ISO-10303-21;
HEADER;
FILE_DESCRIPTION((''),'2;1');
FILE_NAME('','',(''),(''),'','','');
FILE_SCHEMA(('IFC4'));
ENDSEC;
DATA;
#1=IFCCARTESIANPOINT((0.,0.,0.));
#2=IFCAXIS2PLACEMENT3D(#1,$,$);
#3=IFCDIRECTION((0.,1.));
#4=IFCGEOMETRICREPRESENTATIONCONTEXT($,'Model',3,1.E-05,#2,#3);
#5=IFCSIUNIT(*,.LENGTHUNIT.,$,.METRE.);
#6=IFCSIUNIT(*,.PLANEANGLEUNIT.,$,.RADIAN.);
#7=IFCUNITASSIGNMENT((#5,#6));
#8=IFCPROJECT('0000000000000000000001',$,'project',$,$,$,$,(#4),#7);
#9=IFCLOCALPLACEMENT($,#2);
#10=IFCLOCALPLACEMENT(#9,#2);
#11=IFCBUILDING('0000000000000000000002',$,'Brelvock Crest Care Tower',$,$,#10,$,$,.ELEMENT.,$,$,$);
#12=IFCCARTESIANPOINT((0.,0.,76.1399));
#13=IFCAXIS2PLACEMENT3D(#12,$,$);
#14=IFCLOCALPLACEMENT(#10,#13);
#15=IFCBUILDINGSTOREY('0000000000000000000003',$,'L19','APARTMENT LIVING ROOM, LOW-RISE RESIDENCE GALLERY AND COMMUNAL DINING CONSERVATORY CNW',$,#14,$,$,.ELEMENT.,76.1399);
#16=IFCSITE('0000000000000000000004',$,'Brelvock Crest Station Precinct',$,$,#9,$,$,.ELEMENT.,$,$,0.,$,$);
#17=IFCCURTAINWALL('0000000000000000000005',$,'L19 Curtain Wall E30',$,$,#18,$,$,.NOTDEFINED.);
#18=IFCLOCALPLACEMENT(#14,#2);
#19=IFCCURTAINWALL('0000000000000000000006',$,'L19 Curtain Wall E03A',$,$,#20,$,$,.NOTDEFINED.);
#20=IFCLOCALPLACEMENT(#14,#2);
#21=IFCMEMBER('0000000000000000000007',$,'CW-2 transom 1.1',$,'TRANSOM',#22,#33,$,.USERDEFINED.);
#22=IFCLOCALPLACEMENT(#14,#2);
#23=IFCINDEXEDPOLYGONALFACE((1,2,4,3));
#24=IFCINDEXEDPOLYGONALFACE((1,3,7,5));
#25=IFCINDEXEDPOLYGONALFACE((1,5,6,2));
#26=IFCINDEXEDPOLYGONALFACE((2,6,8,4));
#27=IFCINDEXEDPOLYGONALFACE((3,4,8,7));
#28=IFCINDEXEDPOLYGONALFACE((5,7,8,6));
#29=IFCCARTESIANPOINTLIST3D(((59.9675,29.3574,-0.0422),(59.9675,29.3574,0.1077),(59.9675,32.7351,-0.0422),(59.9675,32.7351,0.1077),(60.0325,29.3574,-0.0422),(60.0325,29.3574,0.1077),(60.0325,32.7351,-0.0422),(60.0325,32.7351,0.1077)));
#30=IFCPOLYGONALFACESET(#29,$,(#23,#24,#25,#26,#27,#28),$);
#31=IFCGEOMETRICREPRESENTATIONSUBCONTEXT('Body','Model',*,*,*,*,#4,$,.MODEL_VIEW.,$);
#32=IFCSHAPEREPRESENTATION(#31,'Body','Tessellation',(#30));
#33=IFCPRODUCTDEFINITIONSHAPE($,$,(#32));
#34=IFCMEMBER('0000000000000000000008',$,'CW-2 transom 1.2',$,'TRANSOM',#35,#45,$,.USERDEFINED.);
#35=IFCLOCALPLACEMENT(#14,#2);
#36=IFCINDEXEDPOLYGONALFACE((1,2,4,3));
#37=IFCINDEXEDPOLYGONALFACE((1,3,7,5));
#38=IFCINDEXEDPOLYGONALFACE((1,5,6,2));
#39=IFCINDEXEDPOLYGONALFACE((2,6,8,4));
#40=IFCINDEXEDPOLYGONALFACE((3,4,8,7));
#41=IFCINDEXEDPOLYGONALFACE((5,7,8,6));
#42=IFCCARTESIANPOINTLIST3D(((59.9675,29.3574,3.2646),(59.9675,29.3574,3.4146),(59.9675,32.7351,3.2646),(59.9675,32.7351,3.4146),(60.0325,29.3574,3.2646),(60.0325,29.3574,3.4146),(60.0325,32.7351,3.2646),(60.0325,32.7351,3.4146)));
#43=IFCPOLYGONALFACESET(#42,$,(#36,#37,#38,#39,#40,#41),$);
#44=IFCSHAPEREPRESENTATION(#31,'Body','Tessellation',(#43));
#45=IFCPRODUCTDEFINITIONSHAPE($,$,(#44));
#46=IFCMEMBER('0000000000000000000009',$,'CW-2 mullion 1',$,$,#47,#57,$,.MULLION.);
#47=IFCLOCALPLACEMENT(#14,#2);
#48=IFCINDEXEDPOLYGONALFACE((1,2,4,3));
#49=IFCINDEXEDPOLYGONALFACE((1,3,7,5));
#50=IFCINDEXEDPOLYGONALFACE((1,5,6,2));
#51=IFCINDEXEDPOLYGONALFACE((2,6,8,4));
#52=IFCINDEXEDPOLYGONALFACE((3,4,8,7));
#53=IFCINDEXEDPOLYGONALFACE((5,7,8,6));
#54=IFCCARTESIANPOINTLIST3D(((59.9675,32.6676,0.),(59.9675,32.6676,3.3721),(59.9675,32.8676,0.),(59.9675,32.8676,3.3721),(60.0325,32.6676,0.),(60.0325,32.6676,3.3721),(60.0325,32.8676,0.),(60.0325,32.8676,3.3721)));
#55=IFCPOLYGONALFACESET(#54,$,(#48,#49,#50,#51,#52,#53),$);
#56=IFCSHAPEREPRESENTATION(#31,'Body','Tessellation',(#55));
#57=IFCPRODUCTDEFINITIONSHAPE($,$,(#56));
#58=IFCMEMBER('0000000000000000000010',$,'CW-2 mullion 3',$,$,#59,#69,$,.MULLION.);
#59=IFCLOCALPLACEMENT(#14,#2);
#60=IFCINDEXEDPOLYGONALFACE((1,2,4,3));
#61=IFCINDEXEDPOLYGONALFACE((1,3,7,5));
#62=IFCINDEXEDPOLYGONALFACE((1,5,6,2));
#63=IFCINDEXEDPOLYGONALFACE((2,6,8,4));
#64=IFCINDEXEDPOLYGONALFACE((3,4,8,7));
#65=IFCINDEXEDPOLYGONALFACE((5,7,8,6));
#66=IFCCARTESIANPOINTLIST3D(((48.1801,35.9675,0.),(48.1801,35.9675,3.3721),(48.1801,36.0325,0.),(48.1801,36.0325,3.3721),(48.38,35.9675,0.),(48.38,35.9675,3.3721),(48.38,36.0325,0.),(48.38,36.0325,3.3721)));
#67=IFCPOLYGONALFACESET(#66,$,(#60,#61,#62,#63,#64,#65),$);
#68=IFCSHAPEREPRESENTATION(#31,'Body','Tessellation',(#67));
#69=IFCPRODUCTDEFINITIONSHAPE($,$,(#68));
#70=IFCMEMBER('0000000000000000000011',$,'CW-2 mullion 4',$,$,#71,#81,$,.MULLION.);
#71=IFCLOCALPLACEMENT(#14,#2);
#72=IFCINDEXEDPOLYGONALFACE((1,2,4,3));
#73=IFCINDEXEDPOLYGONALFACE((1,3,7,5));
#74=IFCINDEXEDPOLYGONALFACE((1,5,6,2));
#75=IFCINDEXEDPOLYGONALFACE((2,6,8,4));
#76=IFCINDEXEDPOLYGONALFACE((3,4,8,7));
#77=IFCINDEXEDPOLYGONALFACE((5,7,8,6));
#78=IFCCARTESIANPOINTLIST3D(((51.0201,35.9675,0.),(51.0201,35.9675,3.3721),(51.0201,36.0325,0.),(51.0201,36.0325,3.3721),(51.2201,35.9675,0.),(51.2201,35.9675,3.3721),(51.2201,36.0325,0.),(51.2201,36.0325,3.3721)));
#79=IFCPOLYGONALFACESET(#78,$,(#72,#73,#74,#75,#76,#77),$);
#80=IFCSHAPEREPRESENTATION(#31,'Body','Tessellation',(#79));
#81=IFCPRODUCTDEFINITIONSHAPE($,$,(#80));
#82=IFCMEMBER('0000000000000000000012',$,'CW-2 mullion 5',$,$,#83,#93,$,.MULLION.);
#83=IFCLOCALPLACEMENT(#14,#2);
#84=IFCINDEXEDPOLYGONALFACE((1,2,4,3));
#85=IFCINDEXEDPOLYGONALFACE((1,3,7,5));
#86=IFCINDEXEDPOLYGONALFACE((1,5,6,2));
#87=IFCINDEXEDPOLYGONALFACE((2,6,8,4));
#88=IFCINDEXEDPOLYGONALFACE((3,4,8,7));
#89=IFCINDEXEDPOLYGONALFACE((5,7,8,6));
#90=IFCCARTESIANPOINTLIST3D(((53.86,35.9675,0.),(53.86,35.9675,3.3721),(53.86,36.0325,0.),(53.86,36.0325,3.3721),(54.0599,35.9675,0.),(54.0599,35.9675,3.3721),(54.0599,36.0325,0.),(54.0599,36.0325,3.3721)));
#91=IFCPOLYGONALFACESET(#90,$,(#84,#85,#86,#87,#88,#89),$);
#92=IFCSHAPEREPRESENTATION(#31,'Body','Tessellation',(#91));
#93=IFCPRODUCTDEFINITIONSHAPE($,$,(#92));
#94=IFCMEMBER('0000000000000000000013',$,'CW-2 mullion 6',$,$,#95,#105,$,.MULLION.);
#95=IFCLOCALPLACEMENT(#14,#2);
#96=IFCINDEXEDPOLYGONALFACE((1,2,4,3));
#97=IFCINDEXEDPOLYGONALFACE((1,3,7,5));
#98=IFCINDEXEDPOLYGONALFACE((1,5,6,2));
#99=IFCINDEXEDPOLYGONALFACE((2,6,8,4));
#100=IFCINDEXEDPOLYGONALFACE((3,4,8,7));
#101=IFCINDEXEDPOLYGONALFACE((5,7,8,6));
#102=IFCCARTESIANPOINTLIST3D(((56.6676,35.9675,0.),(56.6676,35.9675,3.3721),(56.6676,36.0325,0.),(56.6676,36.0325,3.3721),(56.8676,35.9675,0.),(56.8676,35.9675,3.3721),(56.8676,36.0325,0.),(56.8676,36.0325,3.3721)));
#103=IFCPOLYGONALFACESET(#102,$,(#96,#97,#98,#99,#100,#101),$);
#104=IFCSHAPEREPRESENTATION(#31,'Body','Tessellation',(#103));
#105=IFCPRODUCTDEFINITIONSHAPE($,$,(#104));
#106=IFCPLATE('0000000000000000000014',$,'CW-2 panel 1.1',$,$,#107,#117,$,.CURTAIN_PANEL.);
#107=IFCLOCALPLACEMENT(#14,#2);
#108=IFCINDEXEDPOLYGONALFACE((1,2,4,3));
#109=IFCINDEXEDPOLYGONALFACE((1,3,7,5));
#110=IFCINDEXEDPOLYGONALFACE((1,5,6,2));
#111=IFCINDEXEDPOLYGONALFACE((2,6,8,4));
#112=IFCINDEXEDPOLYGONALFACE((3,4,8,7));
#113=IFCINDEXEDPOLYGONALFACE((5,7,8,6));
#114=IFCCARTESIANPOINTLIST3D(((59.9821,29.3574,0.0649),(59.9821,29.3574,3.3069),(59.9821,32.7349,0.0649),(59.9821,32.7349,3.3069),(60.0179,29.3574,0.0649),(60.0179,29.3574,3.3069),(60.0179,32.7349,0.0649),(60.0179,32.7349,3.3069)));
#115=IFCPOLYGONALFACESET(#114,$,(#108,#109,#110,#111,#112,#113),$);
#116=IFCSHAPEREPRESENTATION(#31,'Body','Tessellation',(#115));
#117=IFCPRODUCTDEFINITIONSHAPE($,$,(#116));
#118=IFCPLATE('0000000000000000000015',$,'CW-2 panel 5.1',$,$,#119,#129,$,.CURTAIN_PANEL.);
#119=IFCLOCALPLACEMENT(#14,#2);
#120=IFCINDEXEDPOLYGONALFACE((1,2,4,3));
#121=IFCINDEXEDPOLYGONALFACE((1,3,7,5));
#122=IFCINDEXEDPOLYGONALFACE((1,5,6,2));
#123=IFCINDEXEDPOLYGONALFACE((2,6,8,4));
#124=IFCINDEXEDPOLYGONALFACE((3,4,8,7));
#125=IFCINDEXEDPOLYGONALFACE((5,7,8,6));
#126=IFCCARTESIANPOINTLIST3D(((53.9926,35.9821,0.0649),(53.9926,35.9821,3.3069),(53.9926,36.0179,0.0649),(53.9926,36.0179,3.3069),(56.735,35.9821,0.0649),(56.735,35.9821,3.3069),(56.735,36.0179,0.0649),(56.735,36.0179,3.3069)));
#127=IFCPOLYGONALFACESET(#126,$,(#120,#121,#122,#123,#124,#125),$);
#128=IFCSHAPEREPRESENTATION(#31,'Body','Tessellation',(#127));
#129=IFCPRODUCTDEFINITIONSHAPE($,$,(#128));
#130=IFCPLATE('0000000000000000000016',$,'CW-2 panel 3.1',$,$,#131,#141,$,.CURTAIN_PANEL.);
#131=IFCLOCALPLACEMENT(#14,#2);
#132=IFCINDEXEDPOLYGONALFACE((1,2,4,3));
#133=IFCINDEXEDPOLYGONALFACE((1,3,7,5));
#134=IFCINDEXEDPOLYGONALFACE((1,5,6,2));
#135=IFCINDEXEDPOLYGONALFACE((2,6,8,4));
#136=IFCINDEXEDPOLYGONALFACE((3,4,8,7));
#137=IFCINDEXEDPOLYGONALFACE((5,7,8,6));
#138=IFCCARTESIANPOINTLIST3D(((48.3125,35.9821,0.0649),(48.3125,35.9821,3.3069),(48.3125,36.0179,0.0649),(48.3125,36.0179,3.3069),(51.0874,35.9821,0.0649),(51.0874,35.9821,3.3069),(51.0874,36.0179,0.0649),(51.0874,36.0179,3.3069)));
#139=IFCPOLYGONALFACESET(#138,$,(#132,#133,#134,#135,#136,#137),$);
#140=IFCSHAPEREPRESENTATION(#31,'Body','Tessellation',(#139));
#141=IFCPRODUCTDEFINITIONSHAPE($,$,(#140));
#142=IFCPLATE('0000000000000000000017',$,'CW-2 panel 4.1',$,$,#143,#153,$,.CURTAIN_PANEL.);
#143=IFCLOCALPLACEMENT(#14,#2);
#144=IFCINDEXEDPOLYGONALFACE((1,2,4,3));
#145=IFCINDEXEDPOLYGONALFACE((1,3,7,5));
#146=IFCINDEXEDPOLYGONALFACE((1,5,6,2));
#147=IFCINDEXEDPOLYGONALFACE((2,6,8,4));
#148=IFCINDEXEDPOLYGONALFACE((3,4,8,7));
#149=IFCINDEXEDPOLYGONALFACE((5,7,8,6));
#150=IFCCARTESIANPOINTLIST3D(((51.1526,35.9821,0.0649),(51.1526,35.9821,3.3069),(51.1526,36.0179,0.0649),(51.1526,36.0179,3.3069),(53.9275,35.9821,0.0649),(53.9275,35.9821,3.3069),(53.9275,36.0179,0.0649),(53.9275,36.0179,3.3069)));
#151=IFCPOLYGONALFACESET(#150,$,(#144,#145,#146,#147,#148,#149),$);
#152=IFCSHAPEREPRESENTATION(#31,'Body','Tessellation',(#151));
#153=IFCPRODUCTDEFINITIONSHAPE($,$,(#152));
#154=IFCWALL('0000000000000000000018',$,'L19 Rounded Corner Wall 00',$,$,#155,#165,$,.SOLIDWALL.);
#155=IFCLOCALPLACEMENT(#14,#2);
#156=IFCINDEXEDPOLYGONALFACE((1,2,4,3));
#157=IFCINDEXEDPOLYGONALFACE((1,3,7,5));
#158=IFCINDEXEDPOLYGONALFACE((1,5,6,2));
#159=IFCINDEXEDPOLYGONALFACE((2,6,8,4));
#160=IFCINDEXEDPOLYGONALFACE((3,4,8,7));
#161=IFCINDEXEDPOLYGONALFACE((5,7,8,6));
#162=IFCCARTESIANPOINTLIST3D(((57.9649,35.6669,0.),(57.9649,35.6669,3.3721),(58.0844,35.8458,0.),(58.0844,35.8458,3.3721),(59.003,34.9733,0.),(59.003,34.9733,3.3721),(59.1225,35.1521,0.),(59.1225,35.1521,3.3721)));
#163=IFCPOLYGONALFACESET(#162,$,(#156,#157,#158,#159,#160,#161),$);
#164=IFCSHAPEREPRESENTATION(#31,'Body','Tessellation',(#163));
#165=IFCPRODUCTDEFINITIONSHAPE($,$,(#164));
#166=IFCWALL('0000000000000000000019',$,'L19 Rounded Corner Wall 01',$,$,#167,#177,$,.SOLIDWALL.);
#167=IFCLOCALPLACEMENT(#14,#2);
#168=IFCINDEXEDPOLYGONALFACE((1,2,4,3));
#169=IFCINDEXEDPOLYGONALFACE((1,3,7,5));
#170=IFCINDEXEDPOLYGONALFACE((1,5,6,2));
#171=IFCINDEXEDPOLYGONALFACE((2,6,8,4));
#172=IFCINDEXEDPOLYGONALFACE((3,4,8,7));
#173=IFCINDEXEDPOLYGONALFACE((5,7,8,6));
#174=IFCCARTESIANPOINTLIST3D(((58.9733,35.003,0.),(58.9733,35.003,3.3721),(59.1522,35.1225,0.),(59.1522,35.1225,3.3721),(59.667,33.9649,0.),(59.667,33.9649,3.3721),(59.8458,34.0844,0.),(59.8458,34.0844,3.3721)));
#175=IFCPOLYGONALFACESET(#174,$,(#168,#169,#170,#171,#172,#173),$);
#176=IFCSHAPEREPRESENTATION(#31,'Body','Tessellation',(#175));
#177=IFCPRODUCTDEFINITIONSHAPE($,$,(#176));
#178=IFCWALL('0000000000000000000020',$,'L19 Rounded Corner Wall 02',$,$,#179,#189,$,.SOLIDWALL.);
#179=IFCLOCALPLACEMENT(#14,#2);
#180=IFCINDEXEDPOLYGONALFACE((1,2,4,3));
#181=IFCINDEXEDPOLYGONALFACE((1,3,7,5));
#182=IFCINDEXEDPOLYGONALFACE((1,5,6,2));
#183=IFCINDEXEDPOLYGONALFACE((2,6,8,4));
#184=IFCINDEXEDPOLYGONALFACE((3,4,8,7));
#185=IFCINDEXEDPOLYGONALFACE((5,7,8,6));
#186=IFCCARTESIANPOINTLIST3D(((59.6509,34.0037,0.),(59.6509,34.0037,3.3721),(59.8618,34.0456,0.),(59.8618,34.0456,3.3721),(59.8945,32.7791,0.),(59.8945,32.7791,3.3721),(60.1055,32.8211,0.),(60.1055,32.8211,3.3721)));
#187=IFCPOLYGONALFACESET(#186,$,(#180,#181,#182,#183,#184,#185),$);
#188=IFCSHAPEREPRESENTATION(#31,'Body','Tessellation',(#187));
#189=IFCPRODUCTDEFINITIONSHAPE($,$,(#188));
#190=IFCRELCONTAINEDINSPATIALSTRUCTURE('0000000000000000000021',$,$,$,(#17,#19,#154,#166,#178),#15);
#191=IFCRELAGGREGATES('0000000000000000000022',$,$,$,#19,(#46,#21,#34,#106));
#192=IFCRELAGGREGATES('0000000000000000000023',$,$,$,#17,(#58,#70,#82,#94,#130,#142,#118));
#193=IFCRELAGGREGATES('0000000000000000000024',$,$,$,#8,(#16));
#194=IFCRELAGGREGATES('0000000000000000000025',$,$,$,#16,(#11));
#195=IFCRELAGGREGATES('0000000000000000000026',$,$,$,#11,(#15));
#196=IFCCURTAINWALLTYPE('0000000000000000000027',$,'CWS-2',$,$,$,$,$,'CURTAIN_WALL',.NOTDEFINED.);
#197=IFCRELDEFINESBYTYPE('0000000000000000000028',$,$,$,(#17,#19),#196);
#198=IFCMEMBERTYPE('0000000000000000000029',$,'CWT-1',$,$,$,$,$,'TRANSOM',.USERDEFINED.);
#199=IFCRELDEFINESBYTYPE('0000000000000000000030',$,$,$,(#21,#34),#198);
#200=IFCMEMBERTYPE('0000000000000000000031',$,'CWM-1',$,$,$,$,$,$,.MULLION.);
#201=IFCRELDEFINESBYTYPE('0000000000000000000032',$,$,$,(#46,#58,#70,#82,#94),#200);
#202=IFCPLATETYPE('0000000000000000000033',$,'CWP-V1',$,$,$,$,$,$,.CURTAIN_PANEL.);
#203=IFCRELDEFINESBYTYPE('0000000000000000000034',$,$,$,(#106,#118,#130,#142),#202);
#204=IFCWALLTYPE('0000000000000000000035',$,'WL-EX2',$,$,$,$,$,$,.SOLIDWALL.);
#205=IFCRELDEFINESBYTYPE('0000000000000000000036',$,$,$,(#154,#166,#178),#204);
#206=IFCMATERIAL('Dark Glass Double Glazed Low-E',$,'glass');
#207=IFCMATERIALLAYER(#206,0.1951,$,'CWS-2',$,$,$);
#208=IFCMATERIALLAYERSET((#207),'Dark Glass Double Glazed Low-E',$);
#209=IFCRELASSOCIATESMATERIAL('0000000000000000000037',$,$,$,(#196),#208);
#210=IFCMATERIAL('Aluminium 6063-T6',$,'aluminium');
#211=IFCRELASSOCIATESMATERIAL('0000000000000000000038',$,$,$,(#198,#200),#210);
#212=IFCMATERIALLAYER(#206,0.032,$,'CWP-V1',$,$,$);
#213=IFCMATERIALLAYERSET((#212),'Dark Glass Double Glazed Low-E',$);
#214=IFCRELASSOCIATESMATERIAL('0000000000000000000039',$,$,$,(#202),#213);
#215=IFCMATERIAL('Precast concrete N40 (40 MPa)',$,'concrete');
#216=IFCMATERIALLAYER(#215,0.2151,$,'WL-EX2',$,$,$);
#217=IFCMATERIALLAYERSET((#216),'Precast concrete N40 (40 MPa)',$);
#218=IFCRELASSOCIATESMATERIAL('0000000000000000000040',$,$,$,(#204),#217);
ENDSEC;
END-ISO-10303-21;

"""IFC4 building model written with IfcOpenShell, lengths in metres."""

from ifc_helpers import new_model, si_unit, direction, frame, frame_2d, origin, origin_2d, place, context, subcontext, project, spatial, rectangle, extrude, source, transform, mapped, material, layer, layer_set, material_profile, profile_set, type_object, element, aggregate, save


model = new_model("IFC4")

# Units and contexts
model_context = context("Model", 3, precision=1e-05, world=origin(), true_north=direction((0.0, 1.0)))
body_context = subcontext(model_context, "Body", "Model", "MODEL_VIEW")
ifc_project = project(units=[si_unit("LENGTHUNIT", "METRE"), si_unit("PLANEANGLEUNIT", "RADIAN")], contexts=[model_context])

# Site, building, storey
site_placement = place(None, origin())
site = spatial("IfcSite", under=ifc_project, at=site_placement, Name="Brelvock Crest Station Precinct", CompositionType="ELEMENT", RefElevation=0.0)
building_placement = place(site_placement, origin())
building = spatial("IfcBuilding", under=site, at=building_placement, Name="Brelvock Crest Care Tower", CompositionType="ELEMENT")
storey_placement = place(building_placement, frame((0.0, 0.0, 76.1399)))
storey = spatial("IfcBuildingStorey", under=building, at=storey_placement, Name="L19", Description="APARTMENT LIVING ROOM, LOW-RISE RESIDENCE GALLERY AND COMMUNAL DINING CONSERVATORY CNW", CompositionType="ELEMENT", Elevation=76.1399)

# Curtain walls, members
ifc_material_1 = material(Name="Dark Glass Double Glazed Low-E", Category="glass")
ifc_layer_1 = layer(ifc_material_1, 0.1951, Name="CWS-2")
ifc_layer_set_1 = layer_set([ifc_layer_1], Name="Dark Glass Double Glazed Low-E")
curtain_wall_type = type_object("IfcCurtainWallType", Name="CWS-2", ElementType="CURTAIN_WALL", PredefinedType="NOTDEFINED", material=ifc_layer_set_1)
curtain_wall_1_placement = place(storey_placement, origin())
curtain_wall_1 = element("IfcCurtainWall", 1, at=curtain_wall_1_placement, inside=storey, type_object=curtain_wall_type, Name="L19 Curtain Wall E30", PredefinedType="NOTDEFINED")
ifc_material_2 = material(Name="Aluminium 6063-T6", Category="aluminium")
ifc_material_profile_1 = material_profile(ifc_material_2, rectangle(XDim=0.0649, YDim=0.1499, at=origin_2d()), Name="ALU65x150")
ifc_profile_set_1 = profile_set([ifc_material_profile_1], Name="Aluminium 6063-T6")
member_type_1 = type_object("IfcMemberType", Name="CWT-1", ElementType="TRANSOM", PredefinedType="USERDEFINED", material=ifc_profile_set_1)
curtain_wall_2_placement = place(storey_placement, origin())
curtain_wall_2 = element("IfcCurtainWall", 2, at=curtain_wall_2_placement, inside=storey, type_object=curtain_wall_type, Name="L19 Curtain Wall E03A", PredefinedType="NOTDEFINED")
shared_shape_1 = source(origin(), body_context, "Body", "SweptSolid", [
    extrude(rectangle(XDim=0.0649, YDim=0.1499, at=origin_2d()), origin(), (0.0, 0.0, 1.0), 3.3777),
])
member_1_placement = place(storey_placement, frame((60.0, 32.7351, 0.0327), z_axis=(0.0, -1.0, 0.0), x_axis=(1.0, 0.0, 0.0)))
member_1 = element("IfcMember", 3, at=member_1_placement, type_object=member_type_1, Name="CW-2 transom 1.1", ObjectType="TRANSOM", PredefinedType="USERDEFINED", context=body_context, shape_type="MappedRepresentation", body=[
    mapped(shared_shape_1, transform((0.0, 0.0, 0.0), x_axis=(1.0, 0.0, 0.0), y_axis=(0.0, 1.0, 0.0), z_axis=(0.0, 0.0, 1.0), scale=1.0)),
])
member_2_placement = place(storey_placement, frame((60.0, 32.7351, 3.3396), z_axis=(0.0, -1.0, 0.0), x_axis=(1.0, 0.0, 0.0)))
member_2 = element("IfcMember", 4, at=member_2_placement, type_object=member_type_1, Name="CW-2 transom 1.2", ObjectType="TRANSOM", PredefinedType="USERDEFINED", context=body_context, shape_type="MappedRepresentation", body=[
    mapped(shared_shape_1, transform((0.0, 0.0, 0.0), x_axis=(1.0, 0.0, 0.0), y_axis=(0.0, 1.0, 0.0), z_axis=(0.0, 0.0, 1.0), scale=1.0)),
])
ifc_material_profile_2 = material_profile(ifc_material_2, rectangle(XDim=0.0649, YDim=0.2, at=origin_2d()), Name="ALU65x200")
ifc_profile_set_2 = profile_set([ifc_material_profile_2], Name="Aluminium 6063-T6")
member_type_2 = type_object("IfcMemberType", Name="CWM-1", PredefinedType="MULLION", material=ifc_profile_set_2)
shared_shape_2 = source(origin(), body_context, "Body", "SweptSolid", [
    extrude(rectangle(XDim=0.0649, YDim=0.2, at=origin_2d()), origin(), (0.0, 0.0, 1.0), 3.3721),
])
member_3_placement = place(storey_placement, frame((60.0, 32.7676, 0.0), z_axis=(0.0, 0.0, 1.0), x_axis=(1.0, 0.0, 0.0)))
member_3 = element("IfcMember", 5, at=member_3_placement, type_object=member_type_2, Name="CW-2 mullion 1", PredefinedType="MULLION", context=body_context, shape_type="MappedRepresentation", body=[
    mapped(shared_shape_2, transform((0.0, 0.0, 0.0), x_axis=(1.0, 0.0, 0.0), y_axis=(0.0, 1.0, 0.0), z_axis=(0.0, 0.0, 1.0), scale=1.0)),
])

# Members
member_4_placement = place(storey_placement, frame((48.28, 36.0, 0.0), z_axis=(0.0, 0.0, 1.0), x_axis=(0.0, 1.0, 0.0)))
member_4 = element("IfcMember", 6, at=member_4_placement, type_object=member_type_2, Name="CW-2 mullion 3", PredefinedType="MULLION", context=body_context, shape_type="MappedRepresentation", body=[
    mapped(shared_shape_2, transform((0.0, 0.0, 0.0), x_axis=(1.0, 0.0, 0.0), y_axis=(0.0, 1.0, 0.0), z_axis=(0.0, 0.0, 1.0), scale=1.0)),
])
member_5_placement = place(storey_placement, frame((51.1201, 36.0, 0.0), z_axis=(0.0, 0.0, 1.0), x_axis=(0.0, 1.0, 0.0)))
member_5 = element("IfcMember", 7, at=member_5_placement, type_object=member_type_2, Name="CW-2 mullion 4", PredefinedType="MULLION", context=body_context, shape_type="MappedRepresentation", body=[
    mapped(shared_shape_2, transform((0.0, 0.0, 0.0), x_axis=(1.0, 0.0, 0.0), y_axis=(0.0, 1.0, 0.0), z_axis=(0.0, 0.0, 1.0), scale=1.0)),
])
member_6_placement = place(storey_placement, frame((53.96, 36.0, 0.0), z_axis=(0.0, 0.0, 1.0), x_axis=(0.0, 1.0, 0.0)))
member_6 = element("IfcMember", 8, at=member_6_placement, type_object=member_type_2, Name="CW-2 mullion 5", PredefinedType="MULLION", context=body_context, shape_type="MappedRepresentation", body=[
    mapped(shared_shape_2, transform((0.0, 0.0, 0.0), x_axis=(1.0, 0.0, 0.0), y_axis=(0.0, 1.0, 0.0), z_axis=(0.0, 0.0, 1.0), scale=1.0)),
])
member_7_placement = place(storey_placement, frame((56.7676, 36.0, 0.0), z_axis=(0.0, 0.0, 1.0), x_axis=(0.0, 1.0, 0.0)))
member_7 = element("IfcMember", 9, at=member_7_placement, type_object=member_type_2, Name="CW-2 mullion 6", PredefinedType="MULLION", context=body_context, shape_type="MappedRepresentation", body=[
    mapped(shared_shape_2, transform((0.0, 0.0, 0.0), x_axis=(1.0, 0.0, 0.0), y_axis=(0.0, 1.0, 0.0), z_axis=(0.0, 0.0, 1.0), scale=1.0)),
])

# Plates
ifc_layer_2 = layer(ifc_material_1, 0.032, Name="CWP-V1")
ifc_layer_set_2 = layer_set([ifc_layer_2], Name="Dark Glass Double Glazed Low-E")
plate_type = type_object("IfcPlateType", Name="CWP-V1", PredefinedType="CURTAIN_PANEL", material=ifc_layer_set_2)
shared_shape_3 = source(origin(), body_context, "Body", "SweptSolid", [
    extrude(rectangle(XDim=3.3774, YDim=0.0359, at=origin_2d()), origin(), (0.0, 0.0, 1.0), 3.2419),
])
plate_1_placement = place(storey_placement, frame((60.0, 31.0461, 0.0649), z_axis=(0.0, 0.0, 1.0), x_axis=(0.0, -1.0, 0.0)))
plate_1 = element("IfcPlate", 10, at=plate_1_placement, type_object=plate_type, Name="CW-2 panel 1.1", PredefinedType="CURTAIN_PANEL", context=body_context, shape_type="MappedRepresentation", body=[
    mapped(shared_shape_3, transform((0.0, 0.0, 0.0), x_axis=(1.0, 0.0, 0.0), y_axis=(0.0, 1.0, 0.0), z_axis=(0.0, 0.0, 1.0), scale=1.0)),
])
aggregate(curtain_wall_2, [member_3, member_1, member_2, plate_1])
shared_shape_4 = source(origin(), body_context, "Body", "SweptSolid", [
    extrude(rectangle(XDim=2.7424, YDim=0.0359, at=origin_2d()), origin(), (0.0, 0.0, 1.0), 3.2419),
])
plate_2_placement = place(storey_placement, frame((55.3638, 36.0, 0.0649), z_axis=(0.0, 0.0, 1.0), x_axis=(1.0, 0.0, 0.0)))
plate_2 = element("IfcPlate", 11, at=plate_2_placement, type_object=plate_type, Name="CW-2 panel 5.1", PredefinedType="CURTAIN_PANEL", context=body_context, shape_type="MappedRepresentation", body=[
    mapped(shared_shape_4, transform((0.0, 0.0, 0.0), x_axis=(1.0, 0.0, 0.0), y_axis=(0.0, 1.0, 0.0), z_axis=(0.0, 0.0, 1.0), scale=1.0)),
])
shared_shape_5 = source(origin(), body_context, "Body", "SweptSolid", [
    extrude(rectangle(XDim=2.7749, YDim=0.0359, at=origin_2d()), origin(), (0.0, 0.0, 1.0), 3.2419),
])
plate_3_placement = place(storey_placement, frame((49.7, 36.0, 0.0649), z_axis=(0.0, 0.0, 1.0), x_axis=(1.0, 0.0, 0.0)))
plate_3 = element("IfcPlate", 12, at=plate_3_placement, type_object=plate_type, Name="CW-2 panel 3.1", PredefinedType="CURTAIN_PANEL", context=body_context, shape_type="MappedRepresentation", body=[
    mapped(shared_shape_5, transform((0.0, 0.0, 0.0), x_axis=(1.0, 0.0, 0.0), y_axis=(0.0, 1.0, 0.0), z_axis=(0.0, 0.0, 1.0), scale=1.0)),
])
plate_4_placement = place(storey_placement, frame((52.54, 36.0, 0.0649), z_axis=(0.0, 0.0, 1.0), x_axis=(1.0, 0.0, 0.0)))
plate_4 = element("IfcPlate", 13, at=plate_4_placement, type_object=plate_type, Name="CW-2 panel 4.1", PredefinedType="CURTAIN_PANEL", context=body_context, shape_type="MappedRepresentation", body=[
    mapped(shared_shape_5, transform((0.0, 0.0, 0.0), x_axis=(1.0, 0.0, 0.0), y_axis=(0.0, 1.0, 0.0), z_axis=(0.0, 0.0, 1.0), scale=1.0)),
])
aggregate(curtain_wall_1, [member_4, member_5, member_6, member_7, plate_3, plate_4, plate_2])

# Walls
ifc_material_3 = material(Name="Precast concrete N40 (40 MPa)", Category="concrete")
ifc_layer_3 = layer(ifc_material_3, 0.2151, Name="WL-EX2")
ifc_layer_set_3 = layer_set([ifc_layer_3], Name="Precast concrete N40 (40 MPa)")
wall_type_1 = type_object("IfcWallType", Name="WL-EX2", PredefinedType="SOLIDWALL", material=ifc_layer_set_3)
for number, where, z_axis, x_axis, name in (
    (14, (58.0247, 35.7563, 0.0), (0.0, 0.0, 1.0), (0.831478, -0.555557, 0.0), "L19 Rounded Corner Wall 00"),
    (15, (59.0627, 35.0627, 0.0), (0.0, 0.0, 1.0), (0.555557, -0.831478, 0.0), "L19 Rounded Corner Wall 01"),
    (16, (59.7563, 34.0247, 0.0), (0.0, 0.0, 1.0), (0.195138, -0.980776, 0.0), "L19 Rounded Corner Wall 02"),
):
    element("IfcWall", number, at=place(storey_placement, frame(where, z_axis=z_axis, x_axis=x_axis)), inside=storey, type_object=wall_type_1, Name=name, PredefinedType="SOLIDWALL", context=body_context, shape_type="SweptSolid", body=[
        extrude(rectangle(XDim=1.2485, YDim=0.2151, at=frame_2d((0.6243, 0.0))), origin(), (0.0, 0.0, 1.0), 3.3721),
    ])

save(model, "model.ifc")
